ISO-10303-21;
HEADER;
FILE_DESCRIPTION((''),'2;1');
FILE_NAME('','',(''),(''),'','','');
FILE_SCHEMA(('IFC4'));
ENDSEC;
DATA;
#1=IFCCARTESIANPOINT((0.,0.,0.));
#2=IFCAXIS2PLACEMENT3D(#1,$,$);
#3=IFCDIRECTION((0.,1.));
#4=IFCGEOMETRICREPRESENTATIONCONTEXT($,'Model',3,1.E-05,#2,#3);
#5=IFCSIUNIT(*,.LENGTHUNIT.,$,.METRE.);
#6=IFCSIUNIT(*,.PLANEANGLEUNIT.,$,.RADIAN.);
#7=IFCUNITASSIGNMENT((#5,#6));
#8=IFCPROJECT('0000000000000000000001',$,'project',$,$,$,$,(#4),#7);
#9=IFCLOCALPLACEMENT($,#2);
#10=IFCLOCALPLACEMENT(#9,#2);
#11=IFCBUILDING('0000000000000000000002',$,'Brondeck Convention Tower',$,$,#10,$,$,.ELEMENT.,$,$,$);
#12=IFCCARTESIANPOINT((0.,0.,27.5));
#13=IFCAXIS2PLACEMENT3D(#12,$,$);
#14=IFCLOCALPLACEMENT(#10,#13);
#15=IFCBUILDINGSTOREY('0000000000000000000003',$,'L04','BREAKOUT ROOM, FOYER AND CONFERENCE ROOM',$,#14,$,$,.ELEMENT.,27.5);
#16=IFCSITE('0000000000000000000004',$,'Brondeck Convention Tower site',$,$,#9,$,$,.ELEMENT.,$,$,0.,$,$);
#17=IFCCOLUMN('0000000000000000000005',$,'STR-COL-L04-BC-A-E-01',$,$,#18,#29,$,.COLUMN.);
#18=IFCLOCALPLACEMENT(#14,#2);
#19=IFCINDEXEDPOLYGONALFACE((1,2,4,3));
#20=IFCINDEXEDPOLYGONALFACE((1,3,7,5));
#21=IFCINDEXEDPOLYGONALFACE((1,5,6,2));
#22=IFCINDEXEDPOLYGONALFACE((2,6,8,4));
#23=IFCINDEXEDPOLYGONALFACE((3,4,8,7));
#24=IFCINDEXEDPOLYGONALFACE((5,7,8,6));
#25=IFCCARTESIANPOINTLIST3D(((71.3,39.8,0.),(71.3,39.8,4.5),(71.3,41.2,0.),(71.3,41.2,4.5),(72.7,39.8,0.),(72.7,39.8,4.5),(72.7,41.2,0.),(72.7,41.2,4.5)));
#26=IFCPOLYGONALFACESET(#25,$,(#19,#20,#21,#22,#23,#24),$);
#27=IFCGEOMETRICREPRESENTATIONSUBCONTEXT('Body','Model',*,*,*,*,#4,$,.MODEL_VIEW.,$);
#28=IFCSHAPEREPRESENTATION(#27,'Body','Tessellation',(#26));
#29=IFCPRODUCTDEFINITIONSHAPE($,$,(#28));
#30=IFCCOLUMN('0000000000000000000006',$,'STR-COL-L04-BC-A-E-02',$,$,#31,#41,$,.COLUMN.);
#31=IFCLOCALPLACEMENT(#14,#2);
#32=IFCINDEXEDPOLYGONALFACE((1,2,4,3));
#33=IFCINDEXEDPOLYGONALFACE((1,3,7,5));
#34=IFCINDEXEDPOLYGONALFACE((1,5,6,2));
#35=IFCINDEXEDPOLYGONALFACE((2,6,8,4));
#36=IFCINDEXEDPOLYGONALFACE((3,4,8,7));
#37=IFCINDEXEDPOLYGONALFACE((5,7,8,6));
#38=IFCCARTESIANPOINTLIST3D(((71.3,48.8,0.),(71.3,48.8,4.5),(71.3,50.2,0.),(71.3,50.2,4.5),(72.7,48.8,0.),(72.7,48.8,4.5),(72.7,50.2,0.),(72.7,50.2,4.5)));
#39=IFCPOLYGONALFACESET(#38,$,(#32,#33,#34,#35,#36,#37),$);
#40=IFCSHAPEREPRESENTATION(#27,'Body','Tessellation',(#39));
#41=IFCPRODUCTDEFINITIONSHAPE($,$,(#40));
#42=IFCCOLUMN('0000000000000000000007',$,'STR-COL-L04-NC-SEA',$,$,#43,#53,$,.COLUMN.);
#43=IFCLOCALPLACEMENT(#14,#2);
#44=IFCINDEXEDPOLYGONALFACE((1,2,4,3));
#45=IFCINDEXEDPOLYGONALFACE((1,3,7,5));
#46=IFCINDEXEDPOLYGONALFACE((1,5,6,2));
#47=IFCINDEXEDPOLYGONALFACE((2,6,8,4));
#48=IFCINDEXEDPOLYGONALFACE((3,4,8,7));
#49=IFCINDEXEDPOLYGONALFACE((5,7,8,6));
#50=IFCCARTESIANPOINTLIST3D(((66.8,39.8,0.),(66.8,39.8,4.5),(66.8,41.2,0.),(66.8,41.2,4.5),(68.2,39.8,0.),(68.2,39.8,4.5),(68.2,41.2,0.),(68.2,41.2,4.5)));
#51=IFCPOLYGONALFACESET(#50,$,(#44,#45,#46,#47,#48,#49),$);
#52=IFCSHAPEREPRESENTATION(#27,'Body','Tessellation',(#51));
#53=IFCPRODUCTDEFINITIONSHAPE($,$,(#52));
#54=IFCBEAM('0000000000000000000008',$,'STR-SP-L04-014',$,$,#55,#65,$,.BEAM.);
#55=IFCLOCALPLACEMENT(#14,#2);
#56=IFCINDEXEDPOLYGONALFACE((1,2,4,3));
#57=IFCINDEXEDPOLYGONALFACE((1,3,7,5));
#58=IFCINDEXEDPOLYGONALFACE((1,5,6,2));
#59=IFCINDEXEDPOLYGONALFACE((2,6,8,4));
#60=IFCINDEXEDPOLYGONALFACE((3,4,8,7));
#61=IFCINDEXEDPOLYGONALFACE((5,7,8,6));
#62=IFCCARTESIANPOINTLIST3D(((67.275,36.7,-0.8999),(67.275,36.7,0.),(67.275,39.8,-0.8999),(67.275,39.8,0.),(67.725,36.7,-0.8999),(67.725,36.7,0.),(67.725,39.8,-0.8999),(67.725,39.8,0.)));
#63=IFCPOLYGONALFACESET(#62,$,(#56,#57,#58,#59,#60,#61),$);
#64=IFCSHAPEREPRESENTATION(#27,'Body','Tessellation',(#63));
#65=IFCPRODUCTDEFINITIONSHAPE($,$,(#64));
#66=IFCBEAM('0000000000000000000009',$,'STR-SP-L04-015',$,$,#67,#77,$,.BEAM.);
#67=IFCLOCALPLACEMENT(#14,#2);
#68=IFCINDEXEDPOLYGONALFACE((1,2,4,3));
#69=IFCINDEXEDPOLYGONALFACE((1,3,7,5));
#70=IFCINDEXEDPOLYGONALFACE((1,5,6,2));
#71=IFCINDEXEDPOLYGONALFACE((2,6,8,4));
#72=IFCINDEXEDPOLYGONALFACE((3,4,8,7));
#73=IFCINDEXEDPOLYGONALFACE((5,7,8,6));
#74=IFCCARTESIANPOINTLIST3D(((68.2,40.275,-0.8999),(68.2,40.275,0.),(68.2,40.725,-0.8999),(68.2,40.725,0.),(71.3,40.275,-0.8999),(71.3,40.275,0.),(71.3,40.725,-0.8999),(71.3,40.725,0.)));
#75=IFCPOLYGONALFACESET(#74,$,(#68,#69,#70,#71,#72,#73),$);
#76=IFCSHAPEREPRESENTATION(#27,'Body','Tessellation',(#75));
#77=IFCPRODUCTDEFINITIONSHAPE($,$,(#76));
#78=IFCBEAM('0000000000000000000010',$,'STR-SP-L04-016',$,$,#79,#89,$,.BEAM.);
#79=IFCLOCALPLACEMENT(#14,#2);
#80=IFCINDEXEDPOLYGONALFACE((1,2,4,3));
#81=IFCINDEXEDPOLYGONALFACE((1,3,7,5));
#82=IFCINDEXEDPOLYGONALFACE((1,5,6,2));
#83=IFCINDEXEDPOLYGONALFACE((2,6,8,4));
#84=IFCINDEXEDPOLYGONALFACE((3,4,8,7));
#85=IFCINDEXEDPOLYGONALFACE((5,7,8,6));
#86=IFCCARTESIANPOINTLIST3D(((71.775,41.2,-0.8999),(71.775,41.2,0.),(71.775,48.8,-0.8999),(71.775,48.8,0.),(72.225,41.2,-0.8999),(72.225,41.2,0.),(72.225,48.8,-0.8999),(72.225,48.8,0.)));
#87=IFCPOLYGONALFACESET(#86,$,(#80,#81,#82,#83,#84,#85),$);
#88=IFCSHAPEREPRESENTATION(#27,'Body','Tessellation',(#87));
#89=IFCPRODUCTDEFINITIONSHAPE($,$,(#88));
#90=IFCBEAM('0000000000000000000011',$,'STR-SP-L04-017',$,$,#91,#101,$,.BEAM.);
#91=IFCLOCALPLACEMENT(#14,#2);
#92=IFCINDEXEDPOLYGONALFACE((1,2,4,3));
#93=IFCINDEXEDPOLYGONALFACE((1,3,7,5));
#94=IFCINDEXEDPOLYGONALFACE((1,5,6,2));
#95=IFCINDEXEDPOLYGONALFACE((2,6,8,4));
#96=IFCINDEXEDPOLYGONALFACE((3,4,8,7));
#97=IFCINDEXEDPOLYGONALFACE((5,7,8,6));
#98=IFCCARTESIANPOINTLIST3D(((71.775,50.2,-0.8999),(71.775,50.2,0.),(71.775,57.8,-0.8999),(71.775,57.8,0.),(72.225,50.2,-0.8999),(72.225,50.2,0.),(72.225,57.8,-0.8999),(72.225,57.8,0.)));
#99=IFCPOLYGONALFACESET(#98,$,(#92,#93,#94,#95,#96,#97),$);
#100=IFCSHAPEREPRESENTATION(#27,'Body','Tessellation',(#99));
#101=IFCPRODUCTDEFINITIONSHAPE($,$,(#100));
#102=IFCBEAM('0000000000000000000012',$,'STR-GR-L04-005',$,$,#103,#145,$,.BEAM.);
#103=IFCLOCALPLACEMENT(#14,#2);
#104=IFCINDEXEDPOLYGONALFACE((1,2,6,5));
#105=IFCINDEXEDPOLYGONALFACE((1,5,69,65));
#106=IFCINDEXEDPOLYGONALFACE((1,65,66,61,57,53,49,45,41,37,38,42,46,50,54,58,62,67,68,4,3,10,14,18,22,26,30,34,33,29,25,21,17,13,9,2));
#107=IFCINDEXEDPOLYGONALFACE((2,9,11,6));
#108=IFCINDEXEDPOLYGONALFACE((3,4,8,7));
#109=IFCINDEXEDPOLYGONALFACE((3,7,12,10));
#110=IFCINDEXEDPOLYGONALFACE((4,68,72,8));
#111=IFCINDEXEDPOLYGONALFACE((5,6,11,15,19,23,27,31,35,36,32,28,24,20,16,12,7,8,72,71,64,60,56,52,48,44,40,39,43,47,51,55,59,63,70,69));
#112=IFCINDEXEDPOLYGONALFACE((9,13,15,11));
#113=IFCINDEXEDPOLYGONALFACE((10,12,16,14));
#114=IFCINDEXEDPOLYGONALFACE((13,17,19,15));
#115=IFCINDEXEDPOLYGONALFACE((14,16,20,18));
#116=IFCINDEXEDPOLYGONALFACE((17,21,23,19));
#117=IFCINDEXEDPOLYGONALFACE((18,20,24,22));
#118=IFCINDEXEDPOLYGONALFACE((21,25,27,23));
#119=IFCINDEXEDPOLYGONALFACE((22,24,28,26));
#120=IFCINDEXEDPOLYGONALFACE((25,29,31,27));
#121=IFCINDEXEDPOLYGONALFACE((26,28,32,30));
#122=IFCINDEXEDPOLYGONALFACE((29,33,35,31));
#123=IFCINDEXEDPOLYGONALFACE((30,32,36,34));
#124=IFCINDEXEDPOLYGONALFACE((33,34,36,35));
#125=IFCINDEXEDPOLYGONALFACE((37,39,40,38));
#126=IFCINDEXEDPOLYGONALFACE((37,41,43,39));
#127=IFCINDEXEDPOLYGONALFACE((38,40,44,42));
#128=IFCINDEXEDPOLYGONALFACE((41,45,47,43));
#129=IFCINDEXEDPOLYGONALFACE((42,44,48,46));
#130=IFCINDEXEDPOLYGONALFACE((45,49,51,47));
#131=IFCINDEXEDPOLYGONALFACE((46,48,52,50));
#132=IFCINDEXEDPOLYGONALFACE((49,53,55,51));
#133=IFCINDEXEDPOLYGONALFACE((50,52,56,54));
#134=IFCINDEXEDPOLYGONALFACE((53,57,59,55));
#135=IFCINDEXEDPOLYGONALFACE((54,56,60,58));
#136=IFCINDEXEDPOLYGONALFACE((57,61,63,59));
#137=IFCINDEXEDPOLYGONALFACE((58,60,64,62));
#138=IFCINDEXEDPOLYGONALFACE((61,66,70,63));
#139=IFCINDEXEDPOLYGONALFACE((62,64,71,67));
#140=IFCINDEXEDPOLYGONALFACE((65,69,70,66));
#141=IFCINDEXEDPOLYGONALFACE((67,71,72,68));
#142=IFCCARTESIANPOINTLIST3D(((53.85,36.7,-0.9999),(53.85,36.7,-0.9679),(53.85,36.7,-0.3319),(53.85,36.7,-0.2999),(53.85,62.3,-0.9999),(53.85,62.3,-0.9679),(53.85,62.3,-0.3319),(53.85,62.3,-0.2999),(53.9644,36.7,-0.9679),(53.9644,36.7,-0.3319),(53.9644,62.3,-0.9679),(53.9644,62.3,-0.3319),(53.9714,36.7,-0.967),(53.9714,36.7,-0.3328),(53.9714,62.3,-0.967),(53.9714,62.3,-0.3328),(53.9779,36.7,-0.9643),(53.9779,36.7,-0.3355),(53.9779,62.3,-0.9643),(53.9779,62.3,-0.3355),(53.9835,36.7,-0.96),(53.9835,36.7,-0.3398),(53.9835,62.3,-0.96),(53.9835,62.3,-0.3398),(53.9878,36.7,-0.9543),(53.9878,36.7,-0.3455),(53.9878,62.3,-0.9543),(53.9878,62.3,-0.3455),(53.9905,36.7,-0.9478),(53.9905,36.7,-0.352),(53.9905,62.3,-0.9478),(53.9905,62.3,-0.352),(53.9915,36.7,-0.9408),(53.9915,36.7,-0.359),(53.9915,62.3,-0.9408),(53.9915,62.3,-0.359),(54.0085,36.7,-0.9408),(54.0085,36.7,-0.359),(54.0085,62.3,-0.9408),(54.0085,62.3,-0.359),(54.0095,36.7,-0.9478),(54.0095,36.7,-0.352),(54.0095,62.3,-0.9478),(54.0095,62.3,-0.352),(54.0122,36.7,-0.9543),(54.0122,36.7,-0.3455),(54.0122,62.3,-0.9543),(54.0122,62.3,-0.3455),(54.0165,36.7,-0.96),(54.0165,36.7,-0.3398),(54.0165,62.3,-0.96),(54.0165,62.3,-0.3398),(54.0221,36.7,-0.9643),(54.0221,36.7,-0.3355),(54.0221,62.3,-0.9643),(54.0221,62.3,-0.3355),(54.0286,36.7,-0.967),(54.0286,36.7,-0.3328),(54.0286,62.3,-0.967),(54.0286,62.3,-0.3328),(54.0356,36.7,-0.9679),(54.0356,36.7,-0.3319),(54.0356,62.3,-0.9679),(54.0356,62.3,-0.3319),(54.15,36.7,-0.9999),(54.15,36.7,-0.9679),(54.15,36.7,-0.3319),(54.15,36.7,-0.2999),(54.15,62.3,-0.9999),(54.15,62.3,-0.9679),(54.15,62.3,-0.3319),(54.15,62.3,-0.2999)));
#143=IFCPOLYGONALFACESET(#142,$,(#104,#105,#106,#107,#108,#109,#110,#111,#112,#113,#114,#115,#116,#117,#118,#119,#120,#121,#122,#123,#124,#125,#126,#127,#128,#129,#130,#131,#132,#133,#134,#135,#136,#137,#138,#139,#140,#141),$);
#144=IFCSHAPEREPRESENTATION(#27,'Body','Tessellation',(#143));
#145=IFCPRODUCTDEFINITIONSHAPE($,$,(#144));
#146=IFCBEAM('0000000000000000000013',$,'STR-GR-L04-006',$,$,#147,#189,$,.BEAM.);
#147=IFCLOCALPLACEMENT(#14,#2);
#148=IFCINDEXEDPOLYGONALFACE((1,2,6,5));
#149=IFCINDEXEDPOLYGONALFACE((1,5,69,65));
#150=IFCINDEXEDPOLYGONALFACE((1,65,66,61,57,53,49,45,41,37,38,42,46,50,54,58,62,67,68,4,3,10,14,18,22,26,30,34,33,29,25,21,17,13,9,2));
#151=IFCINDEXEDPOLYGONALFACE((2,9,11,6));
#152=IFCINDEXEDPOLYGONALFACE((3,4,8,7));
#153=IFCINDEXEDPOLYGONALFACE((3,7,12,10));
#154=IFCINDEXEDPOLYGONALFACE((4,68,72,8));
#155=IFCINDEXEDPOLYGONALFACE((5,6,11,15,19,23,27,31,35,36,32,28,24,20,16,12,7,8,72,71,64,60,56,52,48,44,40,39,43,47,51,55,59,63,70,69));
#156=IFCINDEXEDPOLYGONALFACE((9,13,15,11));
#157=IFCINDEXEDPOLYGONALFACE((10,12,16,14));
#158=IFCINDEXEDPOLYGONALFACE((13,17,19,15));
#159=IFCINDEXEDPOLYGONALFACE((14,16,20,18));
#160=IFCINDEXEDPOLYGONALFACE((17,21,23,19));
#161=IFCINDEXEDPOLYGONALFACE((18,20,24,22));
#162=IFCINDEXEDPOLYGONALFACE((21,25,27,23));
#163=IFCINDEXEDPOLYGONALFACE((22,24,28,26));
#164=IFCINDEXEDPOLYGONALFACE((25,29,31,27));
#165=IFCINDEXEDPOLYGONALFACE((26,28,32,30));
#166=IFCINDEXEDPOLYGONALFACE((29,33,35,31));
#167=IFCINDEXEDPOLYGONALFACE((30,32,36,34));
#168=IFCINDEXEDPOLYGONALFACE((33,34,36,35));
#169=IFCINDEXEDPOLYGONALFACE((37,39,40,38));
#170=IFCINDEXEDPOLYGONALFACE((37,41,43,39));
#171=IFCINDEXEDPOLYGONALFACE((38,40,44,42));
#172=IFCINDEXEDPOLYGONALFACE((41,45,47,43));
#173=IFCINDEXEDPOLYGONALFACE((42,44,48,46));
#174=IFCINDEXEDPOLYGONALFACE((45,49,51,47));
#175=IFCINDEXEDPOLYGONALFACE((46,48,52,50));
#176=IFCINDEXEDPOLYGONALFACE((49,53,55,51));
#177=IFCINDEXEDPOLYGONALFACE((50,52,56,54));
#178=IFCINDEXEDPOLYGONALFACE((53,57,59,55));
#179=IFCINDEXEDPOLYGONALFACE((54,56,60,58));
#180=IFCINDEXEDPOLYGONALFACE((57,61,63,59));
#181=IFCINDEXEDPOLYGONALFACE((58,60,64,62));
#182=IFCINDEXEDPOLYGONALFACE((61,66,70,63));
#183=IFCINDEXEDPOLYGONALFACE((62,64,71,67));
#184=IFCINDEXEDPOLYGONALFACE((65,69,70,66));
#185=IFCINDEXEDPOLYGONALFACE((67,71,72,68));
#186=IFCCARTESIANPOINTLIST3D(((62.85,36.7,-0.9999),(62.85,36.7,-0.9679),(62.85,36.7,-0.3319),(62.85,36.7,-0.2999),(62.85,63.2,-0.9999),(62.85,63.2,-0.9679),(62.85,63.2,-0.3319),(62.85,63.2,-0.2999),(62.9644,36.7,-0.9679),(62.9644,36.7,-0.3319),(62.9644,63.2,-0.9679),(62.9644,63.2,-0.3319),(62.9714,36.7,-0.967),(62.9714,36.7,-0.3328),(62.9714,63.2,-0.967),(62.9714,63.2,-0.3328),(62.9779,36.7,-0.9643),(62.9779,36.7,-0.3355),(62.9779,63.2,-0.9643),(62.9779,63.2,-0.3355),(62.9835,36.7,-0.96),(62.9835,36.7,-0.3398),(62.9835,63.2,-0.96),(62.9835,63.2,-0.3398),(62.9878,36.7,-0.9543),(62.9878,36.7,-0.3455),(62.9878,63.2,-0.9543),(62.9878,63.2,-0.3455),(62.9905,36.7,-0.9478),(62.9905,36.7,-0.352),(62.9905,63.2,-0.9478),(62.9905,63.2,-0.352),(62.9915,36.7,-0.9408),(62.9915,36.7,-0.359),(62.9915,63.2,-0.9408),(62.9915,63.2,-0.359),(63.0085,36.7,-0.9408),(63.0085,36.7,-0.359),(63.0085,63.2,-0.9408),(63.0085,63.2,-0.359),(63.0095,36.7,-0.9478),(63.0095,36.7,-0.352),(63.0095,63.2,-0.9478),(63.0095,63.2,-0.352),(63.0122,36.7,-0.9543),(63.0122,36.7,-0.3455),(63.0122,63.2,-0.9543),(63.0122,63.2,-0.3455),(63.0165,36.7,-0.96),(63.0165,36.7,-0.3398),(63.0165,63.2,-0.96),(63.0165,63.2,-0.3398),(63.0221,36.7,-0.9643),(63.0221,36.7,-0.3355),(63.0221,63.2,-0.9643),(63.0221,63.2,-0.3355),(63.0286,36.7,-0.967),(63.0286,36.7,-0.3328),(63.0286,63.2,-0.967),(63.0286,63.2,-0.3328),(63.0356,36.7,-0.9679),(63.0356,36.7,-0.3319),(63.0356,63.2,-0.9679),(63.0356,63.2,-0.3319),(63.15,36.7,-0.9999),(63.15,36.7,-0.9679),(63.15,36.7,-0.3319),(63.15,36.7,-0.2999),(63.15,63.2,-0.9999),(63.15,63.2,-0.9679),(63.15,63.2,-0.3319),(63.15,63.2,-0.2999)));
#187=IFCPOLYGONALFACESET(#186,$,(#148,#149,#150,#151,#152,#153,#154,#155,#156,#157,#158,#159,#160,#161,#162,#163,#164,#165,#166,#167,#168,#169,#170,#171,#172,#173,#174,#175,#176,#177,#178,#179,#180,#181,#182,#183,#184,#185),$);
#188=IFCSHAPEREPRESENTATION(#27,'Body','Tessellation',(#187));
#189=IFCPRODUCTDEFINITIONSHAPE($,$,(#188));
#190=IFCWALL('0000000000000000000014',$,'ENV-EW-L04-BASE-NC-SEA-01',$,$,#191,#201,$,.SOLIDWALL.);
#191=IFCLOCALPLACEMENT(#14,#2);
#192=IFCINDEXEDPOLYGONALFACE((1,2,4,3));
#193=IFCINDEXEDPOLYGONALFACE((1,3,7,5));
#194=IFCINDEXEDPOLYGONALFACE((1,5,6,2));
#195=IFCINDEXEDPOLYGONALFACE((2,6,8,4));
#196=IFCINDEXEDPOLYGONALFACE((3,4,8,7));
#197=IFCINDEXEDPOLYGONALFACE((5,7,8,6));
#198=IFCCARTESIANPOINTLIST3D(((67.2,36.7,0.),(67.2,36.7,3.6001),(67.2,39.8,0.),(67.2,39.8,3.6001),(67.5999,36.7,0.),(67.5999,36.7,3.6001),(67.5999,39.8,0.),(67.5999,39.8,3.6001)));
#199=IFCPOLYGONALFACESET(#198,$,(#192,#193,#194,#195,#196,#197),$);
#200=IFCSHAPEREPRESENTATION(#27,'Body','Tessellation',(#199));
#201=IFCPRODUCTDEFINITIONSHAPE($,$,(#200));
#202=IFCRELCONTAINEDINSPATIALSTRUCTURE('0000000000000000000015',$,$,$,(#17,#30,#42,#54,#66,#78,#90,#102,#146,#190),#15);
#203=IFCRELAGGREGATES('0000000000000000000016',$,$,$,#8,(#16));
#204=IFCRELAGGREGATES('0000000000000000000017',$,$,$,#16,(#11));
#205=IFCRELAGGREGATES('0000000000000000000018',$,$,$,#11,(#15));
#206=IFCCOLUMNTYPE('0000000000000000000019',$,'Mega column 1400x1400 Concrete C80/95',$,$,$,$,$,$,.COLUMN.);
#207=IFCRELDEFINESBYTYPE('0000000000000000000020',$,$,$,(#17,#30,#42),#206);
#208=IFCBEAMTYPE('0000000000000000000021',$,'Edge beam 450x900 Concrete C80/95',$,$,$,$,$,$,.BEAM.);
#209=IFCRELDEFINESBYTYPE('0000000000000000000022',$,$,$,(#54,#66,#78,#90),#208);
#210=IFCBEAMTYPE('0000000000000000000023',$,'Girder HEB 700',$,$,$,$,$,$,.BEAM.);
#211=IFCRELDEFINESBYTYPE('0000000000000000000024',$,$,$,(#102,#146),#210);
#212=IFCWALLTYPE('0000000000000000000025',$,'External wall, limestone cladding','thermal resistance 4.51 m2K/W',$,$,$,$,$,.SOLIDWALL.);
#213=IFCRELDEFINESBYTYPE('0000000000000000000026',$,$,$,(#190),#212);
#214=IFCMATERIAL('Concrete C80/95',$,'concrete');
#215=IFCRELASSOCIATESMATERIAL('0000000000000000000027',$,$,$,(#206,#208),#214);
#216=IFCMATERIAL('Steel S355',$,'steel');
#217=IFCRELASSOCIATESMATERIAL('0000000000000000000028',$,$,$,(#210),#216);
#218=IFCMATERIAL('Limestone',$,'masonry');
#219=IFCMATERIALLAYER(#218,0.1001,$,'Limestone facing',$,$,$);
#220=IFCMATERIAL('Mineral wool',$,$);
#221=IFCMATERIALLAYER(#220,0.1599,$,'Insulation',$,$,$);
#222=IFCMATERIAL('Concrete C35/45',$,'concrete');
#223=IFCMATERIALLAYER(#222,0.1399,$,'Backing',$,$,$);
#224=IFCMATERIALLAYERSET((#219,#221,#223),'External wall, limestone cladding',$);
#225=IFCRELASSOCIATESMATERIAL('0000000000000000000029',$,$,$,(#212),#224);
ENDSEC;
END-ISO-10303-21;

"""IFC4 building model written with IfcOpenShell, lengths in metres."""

from ifc_helpers import new_model, si_unit, direction, frame, frame_2d, origin, origin_2d, place, context, subcontext, project, spatial, rectangle, i_section, extrude, material, layer, layer_set, material_profile, profile_set, type_object, element, save


model = new_model("IFC4")

# Units and contexts
model_context = context("Model", 3, precision=1e-05, world=origin(), true_north=direction((0.0, 1.0)))
body_context = subcontext(model_context, "Body", "Model", "MODEL_VIEW")
ifc_project = project(units=[si_unit("LENGTHUNIT", "METRE"), si_unit("PLANEANGLEUNIT", "RADIAN")], contexts=[model_context])

# Site, building, storey
site_placement = place(None, origin())
site = spatial("IfcSite", under=ifc_project, at=site_placement, Name="Brondeck Convention Tower site", CompositionType="ELEMENT", RefElevation=0.0)
building_placement = place(site_placement, origin())
building = spatial("IfcBuilding", under=site, at=building_placement, Name="Brondeck Convention Tower", CompositionType="ELEMENT")
storey_placement = place(building_placement, frame((0.0, 0.0, 27.5)))
storey = spatial("IfcBuildingStorey", under=building, at=storey_placement, Name="L04", Description="BREAKOUT ROOM, FOYER AND CONFERENCE ROOM", CompositionType="ELEMENT", Elevation=27.5)

# Columns
ifc_material_1 = material(Name="Concrete C80/95", Category="concrete")
ifc_material_profile_1 = material_profile(ifc_material_1, rectangle(XDim=1.3999, YDim=1.3999, at=origin_2d()), Name="Mega column 1400x1400 Concrete C80/95")
ifc_profile_set_1 = profile_set([ifc_material_profile_1], Name="Concrete C80/95")
column_type = type_object("IfcColumnType", Name="Mega column 1400x1400 Concrete C80/95", PredefinedType="COLUMN", material=ifc_profile_set_1)
for number, where, z_axis, x_axis, name in (
    (1, (72.0, 40.5, 0.0), (0.0, 0.0, 1.0), (1.0, 0.0, 0.0), "STR-COL-L04-BC-A-E-01"),
    (2, (72.0, 49.5, 0.0), (0.0, 0.0, 1.0), (1.0, 0.0, 0.0), "STR-COL-L04-BC-A-E-02"),
    (3, (67.5, 40.5, 0.0), (0.0, 0.0, 1.0), (1.0, 0.0, 0.0), "STR-COL-L04-NC-SEA"),
):
    element("IfcColumn", number, at=place(storey_placement, frame(where, z_axis=z_axis, x_axis=x_axis)), inside=storey, type_object=column_type, Name=name, PredefinedType="COLUMN", context=body_context, shape_type="SweptSolid", body=[
        extrude(rectangle(XDim=1.3999, YDim=1.3999, at=origin_2d()), origin(), (0.0, 0.0, 1.0), 4.5),
    ])

# Beams
ifc_material_profile_2 = material_profile(ifc_material_1, rectangle(XDim=0.45, YDim=0.8999, at=origin_2d()), Name="Edge beam 450x900 Concrete C80/95")
ifc_profile_set_2 = profile_set([ifc_material_profile_2], Name="Concrete C80/95")
beam_type_1 = type_object("IfcBeamType", Name="Edge beam 450x900 Concrete C80/95", PredefinedType="BEAM", material=ifc_profile_set_2)
for number, where, z_axis, x_axis, name in (
    (4, (67.5, 36.7, -0.45), (0.0, 1.0, 0.0), (-1.0, 0.0, 0.0), "STR-SP-L04-014"),
    (5, (68.2, 40.5, -0.45), (1.0, 0.0, 0.0), (0.0, 1.0, 0.0), "STR-SP-L04-015"),
):
    element("IfcBeam", number, at=place(storey_placement, frame(where, z_axis=z_axis, x_axis=x_axis)), inside=storey, type_object=beam_type_1, Name=name, PredefinedType="BEAM", context=body_context, shape_type="SweptSolid", body=[
        extrude(rectangle(XDim=0.45, YDim=0.8999, at=origin_2d()), origin(), (0.0, 0.0, 1.0), 3.1001),
    ])
for number, where, z_axis, x_axis, name in (
    (6, (72.0, 41.2, -0.45), (0.0, 1.0, 0.0), (-1.0, 0.0, 0.0), "STR-SP-L04-016"),
    (7, (72.0, 50.2, -0.45), (0.0, 1.0, 0.0), (-1.0, 0.0, 0.0), "STR-SP-L04-017"),
):
    element("IfcBeam", number, at=place(storey_placement, frame(where, z_axis=z_axis, x_axis=x_axis)), inside=storey, type_object=beam_type_1, Name=name, PredefinedType="BEAM", context=body_context, shape_type="SweptSolid", body=[
        extrude(rectangle(XDim=0.45, YDim=0.8999, at=origin_2d()), origin(), (0.0, 0.0, 1.0), 7.6001),
    ])
ifc_material_2 = material(Name="Steel S355", Category="steel")
ifc_material_profile_3 = material_profile(ifc_material_2, i_section(OverallWidth=0.3, OverallDepth=0.7, WebThickness=0.0171, FlangeThickness=0.032, FilletRadius=0.0271, at=origin_2d()), Name="HEB 700")
ifc_profile_set_3 = profile_set([ifc_material_profile_3], Name="Steel S355")
beam_type_2 = type_object("IfcBeamType", Name="Girder HEB 700", PredefinedType="BEAM", material=ifc_profile_set_3)
beam_1_placement = place(storey_placement, frame((54.0, 36.7, -0.6499), z_axis=(0.0, 1.0, 0.0), x_axis=(-1.0, 0.0, 0.0)))
element("IfcBeam", 8, at=beam_1_placement, inside=storey, type_object=beam_type_2, Name="STR-GR-L04-005", PredefinedType="BEAM", context=body_context, shape_type="SweptSolid", body=[
    extrude(i_section(OverallWidth=0.3, OverallDepth=0.7, WebThickness=0.0171, FlangeThickness=0.032, FilletRadius=0.0271, at=origin_2d()), origin(), (0.0, 0.0, 1.0), 25.6001),
])
beam_2_placement = place(storey_placement, frame((63.0, 36.7, -0.6499), z_axis=(0.0, 1.0, 0.0), x_axis=(-1.0, 0.0, 0.0)))
element("IfcBeam", 9, at=beam_2_placement, inside=storey, type_object=beam_type_2, Name="STR-GR-L04-006", PredefinedType="BEAM", context=body_context, shape_type="SweptSolid", body=[
    extrude(i_section(OverallWidth=0.3, OverallDepth=0.7, WebThickness=0.0171, FlangeThickness=0.032, FilletRadius=0.0271, at=origin_2d()), origin(), (0.0, 0.0, 1.0), 26.5),
])

# Wall
ifc_material_3 = material(Name="Limestone", Category="masonry")
ifc_layer_1 = layer(ifc_material_3, 0.1001, Name="Limestone facing")
ifc_material_4 = material(Name="Mineral wool")
ifc_layer_2 = layer(ifc_material_4, 0.1599, Name="Insulation")
ifc_material_5 = material(Name="Concrete C35/45", Category="concrete")
ifc_layer_3 = layer(ifc_material_5, 0.1399, Name="Backing")
ifc_layer_set_1 = layer_set([ifc_layer_1, ifc_layer_2, ifc_layer_3], Name="External wall, limestone cladding")
wall_type_1 = type_object("IfcWallType", Name="External wall, limestone cladding", Description="thermal resistance 4.51 m2K/W", PredefinedType="SOLIDWALL", material=ifc_layer_set_1)
for number, where, z_axis, x_axis, name in (
    (10, (67.3999, 39.8, 0.0), (0.0, 0.0, 1.0), (0.0, -1.0, 0.0), "ENV-EW-L04-BASE-NC-SEA-01"),
):
    element("IfcWall", number, at=place(storey_placement, frame(where, z_axis=z_axis, x_axis=x_axis)), inside=storey, type_object=wall_type_1, Name=name, PredefinedType="SOLIDWALL", context=body_context, shape_type="SweptSolid", body=[
        extrude(rectangle(XDim=3.1001, YDim=0.3999, at=frame_2d((1.55, 0.0))), origin(), (0.0, 0.0, 1.0), 3.6001),
    ])

save(model, "model.ifc")
